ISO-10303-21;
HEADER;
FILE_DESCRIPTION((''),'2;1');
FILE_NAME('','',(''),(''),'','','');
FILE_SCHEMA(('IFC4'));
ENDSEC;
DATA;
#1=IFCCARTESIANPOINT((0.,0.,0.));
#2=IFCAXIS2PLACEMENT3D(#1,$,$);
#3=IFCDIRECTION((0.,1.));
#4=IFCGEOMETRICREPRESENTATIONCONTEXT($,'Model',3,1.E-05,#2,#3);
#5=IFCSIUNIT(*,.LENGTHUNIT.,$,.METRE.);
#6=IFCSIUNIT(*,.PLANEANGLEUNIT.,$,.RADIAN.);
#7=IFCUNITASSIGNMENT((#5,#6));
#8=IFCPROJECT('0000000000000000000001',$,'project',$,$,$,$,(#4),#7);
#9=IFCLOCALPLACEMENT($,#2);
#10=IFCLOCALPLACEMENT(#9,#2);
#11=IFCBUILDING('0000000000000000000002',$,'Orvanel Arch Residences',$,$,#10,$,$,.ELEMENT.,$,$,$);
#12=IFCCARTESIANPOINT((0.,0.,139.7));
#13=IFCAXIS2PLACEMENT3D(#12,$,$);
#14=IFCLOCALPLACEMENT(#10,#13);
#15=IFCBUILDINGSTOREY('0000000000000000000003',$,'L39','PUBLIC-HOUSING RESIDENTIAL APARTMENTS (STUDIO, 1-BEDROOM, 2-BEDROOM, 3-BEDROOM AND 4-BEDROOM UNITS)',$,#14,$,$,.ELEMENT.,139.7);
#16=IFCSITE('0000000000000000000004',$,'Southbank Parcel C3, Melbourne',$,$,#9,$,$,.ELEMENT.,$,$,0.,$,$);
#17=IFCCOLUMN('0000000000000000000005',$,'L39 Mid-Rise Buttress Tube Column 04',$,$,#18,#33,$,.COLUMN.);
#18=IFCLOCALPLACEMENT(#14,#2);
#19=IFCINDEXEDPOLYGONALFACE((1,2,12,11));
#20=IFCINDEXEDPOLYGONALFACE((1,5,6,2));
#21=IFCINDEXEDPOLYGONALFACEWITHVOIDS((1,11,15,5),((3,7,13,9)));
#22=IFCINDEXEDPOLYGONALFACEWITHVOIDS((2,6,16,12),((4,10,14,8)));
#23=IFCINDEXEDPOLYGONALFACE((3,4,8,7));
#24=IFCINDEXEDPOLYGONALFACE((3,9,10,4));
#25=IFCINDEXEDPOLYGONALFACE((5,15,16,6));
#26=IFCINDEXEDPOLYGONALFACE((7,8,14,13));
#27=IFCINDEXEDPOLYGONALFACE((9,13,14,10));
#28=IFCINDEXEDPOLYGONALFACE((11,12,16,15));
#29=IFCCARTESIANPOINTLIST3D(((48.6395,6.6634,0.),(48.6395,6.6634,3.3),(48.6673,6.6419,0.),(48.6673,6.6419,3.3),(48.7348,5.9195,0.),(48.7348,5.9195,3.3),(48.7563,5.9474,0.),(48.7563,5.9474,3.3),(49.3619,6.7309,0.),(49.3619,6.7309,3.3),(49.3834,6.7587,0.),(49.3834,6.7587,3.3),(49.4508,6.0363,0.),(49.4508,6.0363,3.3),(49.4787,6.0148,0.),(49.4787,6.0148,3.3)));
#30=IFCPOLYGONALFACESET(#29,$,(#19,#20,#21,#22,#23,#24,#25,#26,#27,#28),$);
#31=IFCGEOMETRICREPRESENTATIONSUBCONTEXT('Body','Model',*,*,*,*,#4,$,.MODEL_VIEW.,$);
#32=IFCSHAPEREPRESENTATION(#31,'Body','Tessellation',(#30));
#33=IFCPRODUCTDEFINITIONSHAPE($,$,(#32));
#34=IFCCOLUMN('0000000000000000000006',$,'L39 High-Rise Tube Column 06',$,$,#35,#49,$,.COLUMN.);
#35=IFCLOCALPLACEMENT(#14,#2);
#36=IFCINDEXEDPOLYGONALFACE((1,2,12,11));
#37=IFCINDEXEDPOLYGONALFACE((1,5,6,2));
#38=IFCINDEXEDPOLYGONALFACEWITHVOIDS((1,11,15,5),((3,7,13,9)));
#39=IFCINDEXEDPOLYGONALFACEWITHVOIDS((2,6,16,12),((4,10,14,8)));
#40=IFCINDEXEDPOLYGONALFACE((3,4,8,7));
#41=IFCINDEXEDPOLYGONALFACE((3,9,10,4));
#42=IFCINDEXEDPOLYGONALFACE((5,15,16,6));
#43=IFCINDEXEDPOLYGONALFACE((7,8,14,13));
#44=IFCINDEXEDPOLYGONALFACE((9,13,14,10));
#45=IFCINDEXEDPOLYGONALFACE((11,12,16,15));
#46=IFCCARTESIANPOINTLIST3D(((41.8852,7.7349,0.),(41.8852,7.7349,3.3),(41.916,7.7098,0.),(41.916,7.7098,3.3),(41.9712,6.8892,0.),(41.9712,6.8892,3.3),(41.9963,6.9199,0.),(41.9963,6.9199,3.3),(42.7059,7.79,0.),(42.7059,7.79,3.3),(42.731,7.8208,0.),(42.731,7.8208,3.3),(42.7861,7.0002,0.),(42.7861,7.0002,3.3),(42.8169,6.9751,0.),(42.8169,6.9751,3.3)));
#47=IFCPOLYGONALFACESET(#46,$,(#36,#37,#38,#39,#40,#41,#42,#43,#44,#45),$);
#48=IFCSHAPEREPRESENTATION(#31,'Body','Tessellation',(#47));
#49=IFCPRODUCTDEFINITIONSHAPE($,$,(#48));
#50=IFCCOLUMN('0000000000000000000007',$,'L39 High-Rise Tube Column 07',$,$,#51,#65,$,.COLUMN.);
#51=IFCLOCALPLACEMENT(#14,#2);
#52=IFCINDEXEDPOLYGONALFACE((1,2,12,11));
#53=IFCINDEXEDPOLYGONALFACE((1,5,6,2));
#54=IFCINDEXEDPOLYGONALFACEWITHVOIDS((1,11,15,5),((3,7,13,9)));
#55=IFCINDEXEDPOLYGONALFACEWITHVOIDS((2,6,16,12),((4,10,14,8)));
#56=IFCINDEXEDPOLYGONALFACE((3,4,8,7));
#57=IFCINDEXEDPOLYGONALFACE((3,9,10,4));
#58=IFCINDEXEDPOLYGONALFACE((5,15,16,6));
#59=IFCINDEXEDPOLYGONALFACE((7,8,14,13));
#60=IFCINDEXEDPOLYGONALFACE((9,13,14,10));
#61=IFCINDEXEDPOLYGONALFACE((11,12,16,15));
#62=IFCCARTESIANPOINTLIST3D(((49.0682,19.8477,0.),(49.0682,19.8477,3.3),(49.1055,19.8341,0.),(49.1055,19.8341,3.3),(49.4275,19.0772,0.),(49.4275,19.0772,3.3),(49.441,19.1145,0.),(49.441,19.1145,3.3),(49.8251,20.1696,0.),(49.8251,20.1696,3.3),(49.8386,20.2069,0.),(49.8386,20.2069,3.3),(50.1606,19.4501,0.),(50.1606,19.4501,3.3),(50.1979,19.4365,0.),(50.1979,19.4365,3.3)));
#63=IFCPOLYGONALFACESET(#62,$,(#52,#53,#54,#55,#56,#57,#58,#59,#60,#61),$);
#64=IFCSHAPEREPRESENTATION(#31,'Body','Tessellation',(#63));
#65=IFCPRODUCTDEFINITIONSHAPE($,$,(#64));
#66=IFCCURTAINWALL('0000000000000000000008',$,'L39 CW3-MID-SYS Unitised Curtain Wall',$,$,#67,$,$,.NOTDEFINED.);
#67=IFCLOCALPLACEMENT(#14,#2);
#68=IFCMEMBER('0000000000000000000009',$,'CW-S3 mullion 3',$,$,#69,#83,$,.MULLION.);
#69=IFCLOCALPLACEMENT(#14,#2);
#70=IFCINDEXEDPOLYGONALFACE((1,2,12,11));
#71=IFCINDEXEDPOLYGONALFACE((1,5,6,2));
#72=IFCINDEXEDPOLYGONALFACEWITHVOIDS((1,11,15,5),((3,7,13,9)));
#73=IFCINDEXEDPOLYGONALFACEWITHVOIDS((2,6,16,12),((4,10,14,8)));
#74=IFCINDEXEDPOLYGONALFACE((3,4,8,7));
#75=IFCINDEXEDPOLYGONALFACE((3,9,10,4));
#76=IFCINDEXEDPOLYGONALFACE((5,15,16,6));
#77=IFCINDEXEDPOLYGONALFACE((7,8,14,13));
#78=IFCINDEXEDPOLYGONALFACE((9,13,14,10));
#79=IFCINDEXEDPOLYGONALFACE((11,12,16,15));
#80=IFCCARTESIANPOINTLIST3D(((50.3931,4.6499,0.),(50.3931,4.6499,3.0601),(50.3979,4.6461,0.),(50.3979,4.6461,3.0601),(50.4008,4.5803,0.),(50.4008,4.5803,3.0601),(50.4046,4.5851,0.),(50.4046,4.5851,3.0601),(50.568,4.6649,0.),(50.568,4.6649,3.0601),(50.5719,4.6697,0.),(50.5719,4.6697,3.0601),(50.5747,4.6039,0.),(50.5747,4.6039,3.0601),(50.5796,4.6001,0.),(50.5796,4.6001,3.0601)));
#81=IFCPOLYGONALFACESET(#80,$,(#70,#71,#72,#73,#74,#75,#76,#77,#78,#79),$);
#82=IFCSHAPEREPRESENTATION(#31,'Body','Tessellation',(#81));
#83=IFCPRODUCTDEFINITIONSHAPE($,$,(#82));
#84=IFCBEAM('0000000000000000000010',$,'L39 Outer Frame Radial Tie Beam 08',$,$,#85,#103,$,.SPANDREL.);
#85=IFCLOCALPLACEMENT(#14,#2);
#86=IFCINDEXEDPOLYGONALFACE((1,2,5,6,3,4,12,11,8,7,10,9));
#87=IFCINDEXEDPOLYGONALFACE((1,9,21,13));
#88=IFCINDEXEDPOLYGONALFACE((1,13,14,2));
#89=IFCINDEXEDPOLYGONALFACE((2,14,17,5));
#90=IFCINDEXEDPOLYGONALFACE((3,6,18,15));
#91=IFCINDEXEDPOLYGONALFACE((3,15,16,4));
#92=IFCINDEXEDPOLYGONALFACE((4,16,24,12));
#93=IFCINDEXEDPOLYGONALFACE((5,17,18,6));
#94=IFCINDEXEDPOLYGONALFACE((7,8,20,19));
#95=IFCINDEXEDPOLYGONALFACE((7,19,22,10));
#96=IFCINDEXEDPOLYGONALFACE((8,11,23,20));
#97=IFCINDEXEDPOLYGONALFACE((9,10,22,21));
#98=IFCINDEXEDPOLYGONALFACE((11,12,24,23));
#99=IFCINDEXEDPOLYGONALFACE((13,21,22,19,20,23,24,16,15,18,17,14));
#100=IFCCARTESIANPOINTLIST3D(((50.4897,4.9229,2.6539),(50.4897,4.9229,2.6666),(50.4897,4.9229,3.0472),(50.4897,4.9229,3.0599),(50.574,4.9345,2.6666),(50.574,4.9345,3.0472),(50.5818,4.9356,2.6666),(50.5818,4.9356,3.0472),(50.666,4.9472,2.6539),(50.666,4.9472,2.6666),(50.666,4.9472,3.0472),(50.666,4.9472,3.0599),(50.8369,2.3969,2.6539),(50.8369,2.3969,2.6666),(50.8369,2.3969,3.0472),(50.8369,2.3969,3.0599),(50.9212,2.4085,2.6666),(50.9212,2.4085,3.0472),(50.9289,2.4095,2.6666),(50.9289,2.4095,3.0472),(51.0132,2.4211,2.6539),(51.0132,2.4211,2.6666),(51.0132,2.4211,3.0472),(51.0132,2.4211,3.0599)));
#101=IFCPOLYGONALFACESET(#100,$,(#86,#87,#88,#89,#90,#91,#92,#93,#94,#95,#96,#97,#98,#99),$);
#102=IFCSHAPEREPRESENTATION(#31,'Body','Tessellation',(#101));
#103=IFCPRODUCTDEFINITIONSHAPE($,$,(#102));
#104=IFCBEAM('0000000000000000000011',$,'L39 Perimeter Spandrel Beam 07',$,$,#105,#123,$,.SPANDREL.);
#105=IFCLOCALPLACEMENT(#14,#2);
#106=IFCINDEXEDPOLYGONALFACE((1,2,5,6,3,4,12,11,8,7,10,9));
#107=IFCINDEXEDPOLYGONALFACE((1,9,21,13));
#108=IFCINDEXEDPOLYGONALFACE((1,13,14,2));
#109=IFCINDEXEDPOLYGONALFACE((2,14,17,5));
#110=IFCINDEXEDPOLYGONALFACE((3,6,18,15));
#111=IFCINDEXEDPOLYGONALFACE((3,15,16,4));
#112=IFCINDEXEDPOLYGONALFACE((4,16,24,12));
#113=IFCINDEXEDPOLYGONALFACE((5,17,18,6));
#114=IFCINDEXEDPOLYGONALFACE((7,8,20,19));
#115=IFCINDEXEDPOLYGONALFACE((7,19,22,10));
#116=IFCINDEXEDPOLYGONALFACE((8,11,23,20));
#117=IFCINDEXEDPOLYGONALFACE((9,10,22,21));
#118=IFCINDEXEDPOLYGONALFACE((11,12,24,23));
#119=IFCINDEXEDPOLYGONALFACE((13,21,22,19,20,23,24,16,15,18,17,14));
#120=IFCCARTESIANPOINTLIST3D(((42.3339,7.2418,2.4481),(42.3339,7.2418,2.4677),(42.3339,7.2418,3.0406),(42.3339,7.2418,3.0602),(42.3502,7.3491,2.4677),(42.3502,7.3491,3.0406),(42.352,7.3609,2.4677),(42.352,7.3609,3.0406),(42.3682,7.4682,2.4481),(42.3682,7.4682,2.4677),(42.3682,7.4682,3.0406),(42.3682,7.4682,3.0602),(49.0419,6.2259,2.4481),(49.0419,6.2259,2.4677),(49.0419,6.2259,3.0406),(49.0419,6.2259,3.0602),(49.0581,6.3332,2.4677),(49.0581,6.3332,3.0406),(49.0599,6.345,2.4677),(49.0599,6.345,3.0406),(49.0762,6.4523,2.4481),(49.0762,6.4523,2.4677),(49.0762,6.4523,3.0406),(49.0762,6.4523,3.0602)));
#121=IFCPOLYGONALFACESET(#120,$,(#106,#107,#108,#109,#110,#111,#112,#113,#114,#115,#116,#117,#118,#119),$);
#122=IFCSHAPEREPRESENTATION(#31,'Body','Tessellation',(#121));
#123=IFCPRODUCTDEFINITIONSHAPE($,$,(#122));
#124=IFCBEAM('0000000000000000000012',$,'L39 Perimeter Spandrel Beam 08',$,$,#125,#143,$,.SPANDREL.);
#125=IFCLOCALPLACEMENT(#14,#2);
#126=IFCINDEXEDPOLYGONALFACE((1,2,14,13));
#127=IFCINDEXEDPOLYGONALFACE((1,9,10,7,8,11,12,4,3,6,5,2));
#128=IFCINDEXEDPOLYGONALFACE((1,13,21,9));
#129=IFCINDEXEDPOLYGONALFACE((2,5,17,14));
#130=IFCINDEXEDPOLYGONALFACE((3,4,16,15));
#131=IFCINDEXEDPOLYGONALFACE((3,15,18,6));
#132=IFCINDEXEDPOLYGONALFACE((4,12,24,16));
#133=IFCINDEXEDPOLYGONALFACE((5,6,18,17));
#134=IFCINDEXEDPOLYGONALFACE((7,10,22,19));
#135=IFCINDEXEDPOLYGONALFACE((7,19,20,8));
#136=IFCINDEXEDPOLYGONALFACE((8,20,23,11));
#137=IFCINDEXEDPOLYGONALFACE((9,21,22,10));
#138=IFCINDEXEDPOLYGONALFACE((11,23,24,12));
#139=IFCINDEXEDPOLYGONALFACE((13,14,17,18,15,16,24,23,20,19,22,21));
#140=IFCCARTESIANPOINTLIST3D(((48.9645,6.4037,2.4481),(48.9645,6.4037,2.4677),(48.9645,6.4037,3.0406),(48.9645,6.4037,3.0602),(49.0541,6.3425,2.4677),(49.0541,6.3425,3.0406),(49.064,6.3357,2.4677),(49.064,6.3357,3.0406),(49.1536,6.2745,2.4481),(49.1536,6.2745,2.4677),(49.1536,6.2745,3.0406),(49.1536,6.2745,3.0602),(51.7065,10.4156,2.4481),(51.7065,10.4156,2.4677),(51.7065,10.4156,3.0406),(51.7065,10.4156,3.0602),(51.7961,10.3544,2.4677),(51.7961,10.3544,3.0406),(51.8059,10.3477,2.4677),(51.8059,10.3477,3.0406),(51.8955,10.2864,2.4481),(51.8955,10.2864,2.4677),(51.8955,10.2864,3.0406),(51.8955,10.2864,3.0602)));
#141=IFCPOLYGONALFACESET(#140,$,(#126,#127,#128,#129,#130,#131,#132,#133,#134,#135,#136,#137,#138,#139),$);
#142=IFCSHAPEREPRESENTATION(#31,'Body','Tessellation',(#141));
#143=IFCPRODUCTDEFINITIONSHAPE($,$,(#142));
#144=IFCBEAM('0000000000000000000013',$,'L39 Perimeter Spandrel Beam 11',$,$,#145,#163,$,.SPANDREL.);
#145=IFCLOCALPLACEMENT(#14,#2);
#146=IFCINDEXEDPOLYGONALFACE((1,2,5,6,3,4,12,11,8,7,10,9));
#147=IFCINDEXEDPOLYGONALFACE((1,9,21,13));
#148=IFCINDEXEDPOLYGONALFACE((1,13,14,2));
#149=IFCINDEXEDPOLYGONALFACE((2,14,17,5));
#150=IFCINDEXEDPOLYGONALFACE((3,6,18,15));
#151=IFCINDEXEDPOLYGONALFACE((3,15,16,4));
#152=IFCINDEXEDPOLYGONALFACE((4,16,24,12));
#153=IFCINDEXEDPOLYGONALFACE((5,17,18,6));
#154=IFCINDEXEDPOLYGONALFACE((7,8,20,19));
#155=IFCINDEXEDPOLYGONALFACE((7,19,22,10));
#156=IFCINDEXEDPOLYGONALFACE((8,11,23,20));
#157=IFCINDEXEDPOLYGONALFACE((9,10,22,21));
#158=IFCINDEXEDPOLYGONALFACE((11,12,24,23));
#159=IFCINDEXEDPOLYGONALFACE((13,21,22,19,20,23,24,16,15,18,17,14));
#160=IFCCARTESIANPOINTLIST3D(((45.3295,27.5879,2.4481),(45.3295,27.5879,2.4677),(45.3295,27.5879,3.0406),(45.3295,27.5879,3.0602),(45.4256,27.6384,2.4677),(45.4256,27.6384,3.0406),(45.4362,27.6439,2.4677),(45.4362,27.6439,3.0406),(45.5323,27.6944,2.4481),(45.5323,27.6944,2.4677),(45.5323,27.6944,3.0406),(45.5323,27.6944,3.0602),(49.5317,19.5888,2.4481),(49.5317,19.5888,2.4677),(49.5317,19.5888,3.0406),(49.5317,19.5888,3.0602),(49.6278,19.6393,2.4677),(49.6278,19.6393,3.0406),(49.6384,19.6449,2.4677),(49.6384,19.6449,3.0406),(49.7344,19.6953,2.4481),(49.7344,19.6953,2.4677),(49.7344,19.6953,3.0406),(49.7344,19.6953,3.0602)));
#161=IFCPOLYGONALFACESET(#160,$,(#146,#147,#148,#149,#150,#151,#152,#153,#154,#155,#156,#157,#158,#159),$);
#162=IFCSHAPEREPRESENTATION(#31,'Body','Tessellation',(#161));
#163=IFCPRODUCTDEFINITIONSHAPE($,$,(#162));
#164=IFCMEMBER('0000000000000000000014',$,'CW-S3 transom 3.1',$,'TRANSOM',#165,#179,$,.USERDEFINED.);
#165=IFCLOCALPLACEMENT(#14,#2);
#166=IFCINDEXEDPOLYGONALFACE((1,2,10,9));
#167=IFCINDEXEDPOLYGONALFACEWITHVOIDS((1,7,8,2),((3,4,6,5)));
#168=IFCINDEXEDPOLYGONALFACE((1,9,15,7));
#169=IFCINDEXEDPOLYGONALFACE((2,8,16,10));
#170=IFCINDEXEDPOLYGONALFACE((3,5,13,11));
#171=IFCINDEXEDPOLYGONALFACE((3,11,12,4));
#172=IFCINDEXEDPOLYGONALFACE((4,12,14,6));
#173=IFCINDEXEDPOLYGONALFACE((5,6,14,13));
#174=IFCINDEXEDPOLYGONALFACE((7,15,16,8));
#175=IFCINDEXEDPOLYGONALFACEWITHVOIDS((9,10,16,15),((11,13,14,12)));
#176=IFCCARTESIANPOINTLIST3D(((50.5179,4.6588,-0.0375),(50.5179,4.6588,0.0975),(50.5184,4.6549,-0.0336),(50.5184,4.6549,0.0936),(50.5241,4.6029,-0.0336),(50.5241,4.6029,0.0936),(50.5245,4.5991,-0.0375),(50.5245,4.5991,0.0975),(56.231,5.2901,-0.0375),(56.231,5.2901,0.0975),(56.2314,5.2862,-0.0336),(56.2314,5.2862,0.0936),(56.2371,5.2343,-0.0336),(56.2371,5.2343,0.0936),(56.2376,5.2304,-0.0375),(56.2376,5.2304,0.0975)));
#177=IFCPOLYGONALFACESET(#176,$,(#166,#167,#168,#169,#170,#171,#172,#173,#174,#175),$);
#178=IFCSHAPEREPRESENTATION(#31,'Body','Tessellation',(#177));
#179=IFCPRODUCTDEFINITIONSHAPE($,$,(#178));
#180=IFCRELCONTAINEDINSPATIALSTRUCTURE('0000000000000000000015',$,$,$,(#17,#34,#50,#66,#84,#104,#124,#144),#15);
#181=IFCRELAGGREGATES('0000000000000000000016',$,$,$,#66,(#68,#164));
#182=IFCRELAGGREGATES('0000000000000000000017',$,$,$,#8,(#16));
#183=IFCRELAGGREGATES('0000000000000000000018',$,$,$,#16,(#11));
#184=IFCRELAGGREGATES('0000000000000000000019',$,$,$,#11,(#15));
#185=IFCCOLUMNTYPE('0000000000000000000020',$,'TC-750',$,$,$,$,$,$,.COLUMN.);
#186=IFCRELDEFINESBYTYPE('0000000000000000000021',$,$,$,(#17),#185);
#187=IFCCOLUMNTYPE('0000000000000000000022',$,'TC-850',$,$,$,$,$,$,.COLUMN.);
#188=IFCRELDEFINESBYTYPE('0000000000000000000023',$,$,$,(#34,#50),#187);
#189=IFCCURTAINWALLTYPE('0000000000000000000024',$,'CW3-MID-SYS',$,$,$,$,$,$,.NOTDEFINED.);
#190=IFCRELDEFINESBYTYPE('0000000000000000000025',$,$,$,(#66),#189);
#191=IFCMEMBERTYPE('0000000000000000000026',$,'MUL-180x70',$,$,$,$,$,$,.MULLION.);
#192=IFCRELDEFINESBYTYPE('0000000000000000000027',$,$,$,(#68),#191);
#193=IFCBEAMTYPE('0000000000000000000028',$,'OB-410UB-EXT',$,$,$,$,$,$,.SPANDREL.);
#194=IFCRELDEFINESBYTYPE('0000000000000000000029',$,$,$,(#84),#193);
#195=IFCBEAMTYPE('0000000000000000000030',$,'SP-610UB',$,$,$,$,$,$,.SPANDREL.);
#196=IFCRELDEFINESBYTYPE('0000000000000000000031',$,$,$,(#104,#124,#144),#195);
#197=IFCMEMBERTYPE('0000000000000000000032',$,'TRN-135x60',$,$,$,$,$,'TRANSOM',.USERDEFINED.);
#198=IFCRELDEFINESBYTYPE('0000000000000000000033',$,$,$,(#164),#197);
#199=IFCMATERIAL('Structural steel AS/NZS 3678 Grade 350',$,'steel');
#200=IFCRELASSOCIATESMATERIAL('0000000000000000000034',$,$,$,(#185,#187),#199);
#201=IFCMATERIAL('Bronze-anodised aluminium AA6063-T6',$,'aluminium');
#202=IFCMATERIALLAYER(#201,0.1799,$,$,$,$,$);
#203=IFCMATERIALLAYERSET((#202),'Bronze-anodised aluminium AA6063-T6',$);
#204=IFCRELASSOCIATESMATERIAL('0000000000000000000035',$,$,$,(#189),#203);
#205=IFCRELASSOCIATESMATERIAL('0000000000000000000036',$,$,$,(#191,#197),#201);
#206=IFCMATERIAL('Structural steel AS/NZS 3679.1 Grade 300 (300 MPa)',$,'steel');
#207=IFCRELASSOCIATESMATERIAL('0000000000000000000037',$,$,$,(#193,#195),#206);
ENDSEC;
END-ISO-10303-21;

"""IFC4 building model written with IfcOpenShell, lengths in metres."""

from ifc_helpers import new_model, si_unit, direction, frame, origin, origin_2d, place, context, subcontext, project, spatial, hollow_rectangle, i_section, extrude, material, layer, layer_set, material_profile, profile_set, type_object, element, aggregate, save


model = new_model("IFC4")

# Units and contexts
model_context = context("Model", 3, precision=1e-05, world=origin(), true_north=direction((0.0, 1.0)))
body_context = subcontext(model_context, "Body", "Model", "MODEL_VIEW")
ifc_project = project(units=[si_unit("LENGTHUNIT", "METRE"), si_unit("PLANEANGLEUNIT", "RADIAN")], contexts=[model_context])

# Site, building, storey
site_placement = place(None, origin())
site = spatial("IfcSite", under=ifc_project, at=site_placement, Name="Southbank Parcel C3, Melbourne", CompositionType="ELEMENT", RefElevation=0.0)
building_placement = place(site_placement, origin())
building = spatial("IfcBuilding", under=site, at=building_placement, Name="Orvanel Arch Residences", CompositionType="ELEMENT")
storey_placement = place(building_placement, frame((0.0, 0.0, 139.7)))
storey = spatial("IfcBuildingStorey", under=building, at=storey_placement, Name="L39", Description="PUBLIC-HOUSING RESIDENTIAL APARTMENTS (STUDIO, 1-BEDROOM, 2-BEDROOM, 3-BEDROOM AND 4-BEDROOM UNITS)", CompositionType="ELEMENT", Elevation=139.7)

# Columns
ifc_material_1 = material(Name="Structural steel AS/NZS 3678 Grade 350", Category="steel")
ifc_material_profile_1 = material_profile(ifc_material_1, hollow_rectangle(XDim=0.75, YDim=0.75, WallThickness=0.0249, at=origin_2d()), Name="BOX750x750x25")
ifc_profile_set_1 = profile_set([ifc_material_profile_1], Name="Structural steel AS/NZS 3678 Grade 350")
column_type_1 = type_object("IfcColumnType", Name="TC-750", PredefinedType="COLUMN", material=ifc_profile_set_1)
column_placement = place(storey_placement, frame((49.0591, 6.3391, 0.0), z_axis=(0.0, 0.0, 1.0), x_axis=(0.991894, 0.127065, 0.0)))
element("IfcColumn", 1, at=column_placement, inside=storey, type_object=column_type_1, Name="L39 Mid-Rise Buttress Tube Column 04", PredefinedType="COLUMN", context=body_context, shape_type="SweptSolid", body=[
    extrude(hollow_rectangle(XDim=0.75, YDim=0.75, WallThickness=0.0249, at=origin_2d()), origin(), (0.0, 0.0, 1.0), 3.3),
])
ifc_material_profile_2 = material_profile(ifc_material_1, hollow_rectangle(XDim=0.8501, YDim=0.8501, WallThickness=0.0281, at=origin_2d()), Name="BOX850x850x28")
ifc_profile_set_2 = profile_set([ifc_material_profile_2], Name="Structural steel AS/NZS 3678 Grade 350")
column_type_2 = type_object("IfcColumnType", Name="TC-850", PredefinedType="COLUMN", material=ifc_profile_set_2)
for number, where, z_axis, x_axis, name in (
    (2, (42.3511, 7.355, 0.0), (0.0, 0.0, 1.0), (0.994881, 0.101056, 0.0), "L39 High-Rise Tube Column 06"),
    (3, (49.6331, 19.6421, 0.0), (0.0, 0.0, 1.0), (-0.422618, 0.906308, 0.0), "L39 High-Rise Tube Column 07"),
):
    element("IfcColumn", number, at=place(storey_placement, frame(where, z_axis=z_axis, x_axis=x_axis)), inside=storey, type_object=column_type_2, Name=name, PredefinedType="COLUMN", context=body_context, shape_type="SweptSolid", body=[
        extrude(hollow_rectangle(XDim=0.8501, YDim=0.8501, WallThickness=0.0281, at=origin_2d()), origin(), (0.0, 0.0, 1.0), 3.3),
    ])

# Curtain wall, member
ifc_material_2 = material(Name="Bronze-anodised aluminium AA6063-T6", Category="aluminium")
ifc_layer_1 = layer(ifc_material_2, 0.1799)
ifc_layer_set_1 = layer_set([ifc_layer_1], Name="Bronze-anodised aluminium AA6063-T6")
curtain_wall_type = type_object("IfcCurtainWallType", Name="CW3-MID-SYS", PredefinedType="NOTDEFINED", material=ifc_layer_set_1)
curtain_wall_placement = place(storey_placement, origin())
curtain_wall = element("IfcCurtainWall", 4, at=curtain_wall_placement, inside=storey, type_object=curtain_wall_type, Name="L39 CW3-MID-SYS Unitised Curtain Wall", PredefinedType="NOTDEFINED")
ifc_material_profile_3 = material_profile(ifc_material_2, hollow_rectangle(XDim=0.0701, YDim=0.1799, WallThickness=0.0044, at=origin_2d()), Name="ALU180x70x4.5")
ifc_profile_set_3 = profile_set([ifc_material_profile_3], Name="Bronze-anodised aluminium AA6063-T6")
member_type_1 = type_object("IfcMemberType", Name="MUL-180x70", PredefinedType="MULLION", material=ifc_profile_set_3)
member_1_placement = place(storey_placement, frame((50.4863, 4.625, 0.0), z_axis=(0.0, 0.0, 1.0), x_axis=(-0.109856, 0.993947, 0.0)))
member_1 = element("IfcMember", 5, at=member_1_placement, type_object=member_type_1, Name="CW-S3 mullion 3", PredefinedType="MULLION", context=body_context, shape_type="SweptSolid", body=[
    extrude(hollow_rectangle(XDim=0.0701, YDim=0.1799, WallThickness=0.0044, at=origin_2d()), origin(), (0.0, 0.0, 1.0), 3.0601),
])

# Beams
ifc_material_3 = material(Name="Structural steel AS/NZS 3679.1 Grade 300 (300 MPa)", Category="steel")
ifc_material_profile_4 = material_profile(ifc_material_3, i_section(OverallWidth=0.178, OverallDepth=0.406, WebThickness=0.0078, FlangeThickness=0.0127, at=origin_2d()), Name="410UB59.7")
ifc_profile_set_4 = profile_set([ifc_material_profile_4], Name="Structural steel AS/NZS 3679.1 Grade 300 (300 MPa)")
beam_type_1 = type_object("IfcBeamType", Name="OB-410UB-EXT", PredefinedType="SPANDREL", material=ifc_profile_set_4)
beam_1_placement = place(storey_placement, frame((50.5779, 4.9351, 2.8569), z_axis=(0.136151, -0.990688, 0.0), x_axis=(0.990688, 0.136151, 0.0)))
element("IfcBeam", 6, at=beam_1_placement, inside=storey, type_object=beam_type_1, Name="L39 Outer Frame Radial Tie Beam 08", PredefinedType="SPANDREL", context=body_context, shape_type="SweptSolid", body=[
    extrude(i_section(OverallWidth=0.178, OverallDepth=0.406, WebThickness=0.0078, FlangeThickness=0.0127, at=origin_2d()), origin(), (0.0, 0.0, 1.0), 2.5498),
])
ifc_material_profile_5 = material_profile(ifc_material_3, i_section(OverallWidth=0.229, OverallDepth=0.6121, WebThickness=0.012, FlangeThickness=0.0195, at=origin_2d()), Name="610UB125")
ifc_profile_set_5 = profile_set([ifc_material_profile_5], Name="Structural steel AS/NZS 3679.1 Grade 300 (300 MPa)")
beam_type_2 = type_object("IfcBeamType", Name="SP-610UB", PredefinedType="SPANDREL", material=ifc_profile_set_5)
beam_2_placement = place(storey_placement, frame((42.3511, 7.355, 2.7542), z_axis=(0.988726, -0.149734, 0.0), x_axis=(0.149734, 0.988726, 0.0)))
element("IfcBeam", 7, at=beam_2_placement, inside=storey, type_object=beam_type_2, Name="L39 Perimeter Spandrel Beam 07", PredefinedType="SPANDREL", context=body_context, shape_type="SweptSolid", body=[
    extrude(i_section(OverallWidth=0.229, OverallDepth=0.6121, WebThickness=0.012, FlangeThickness=0.0195, at=origin_2d()), origin(), (0.0, 0.0, 1.0), 6.7844),
])
beam_3_placement = place(storey_placement, frame((49.0591, 6.3391, 2.7542), z_axis=(0.564252, 0.825603, 0.0), x_axis=(-0.825603, 0.564252, 0.0)))
element("IfcBeam", 8, at=beam_3_placement, inside=storey, type_object=beam_type_2, Name="L39 Perimeter Spandrel Beam 08", PredefinedType="SPANDREL", context=body_context, shape_type="SweptSolid", body=[
    extrude(i_section(OverallWidth=0.229, OverallDepth=0.6121, WebThickness=0.012, FlangeThickness=0.0195, at=origin_2d()), origin(), (0.0, 0.0, 1.0), 4.8594),
])
beam_4_placement = place(storey_placement, frame((49.6331, 19.6421, 2.7542), z_axis=(-0.465065, 0.885277, 0.0), x_axis=(-0.885277, -0.465065, 0.0)))
element("IfcBeam", 9, at=beam_4_placement, inside=storey, type_object=beam_type_2, Name="L39 Perimeter Spandrel Beam 11", PredefinedType="SPANDREL", context=body_context, shape_type="SweptSolid", body=[
    extrude(i_section(OverallWidth=0.229, OverallDepth=0.6121, WebThickness=0.012, FlangeThickness=0.0195, at=origin_2d()), origin(), (0.0, 0.0, 1.0), 9.0356),
])

# Member
ifc_material_profile_6 = material_profile(ifc_material_2, hollow_rectangle(XDim=0.0601, YDim=0.135, WallThickness=0.0039, at=origin_2d()), Name="ALU135x60x4")
ifc_profile_set_6 = profile_set([ifc_material_profile_6], Name="Bronze-anodised aluminium AA6063-T6")
member_type_2 = type_object("IfcMemberType", Name="TRN-135x60", ElementType="TRANSOM", PredefinedType="USERDEFINED", material=ifc_profile_set_6)
member_2_placement = place(storey_placement, frame((50.5212, 4.6289, 0.03), z_axis=(0.993949, 0.109839, 0.0), x_axis=(-0.109839, 0.993949, 0.0)))
member_2 = element("IfcMember", 10, at=member_2_placement, type_object=member_type_2, Name="CW-S3 transom 3.1", ObjectType="TRANSOM", PredefinedType="USERDEFINED", context=body_context, shape_type="SweptSolid", body=[
    extrude(hollow_rectangle(XDim=0.0601, YDim=0.135, WallThickness=0.0039, at=origin_2d()), origin(), (0.0, 0.0, 1.0), 5.7478),
])
aggregate(curtain_wall, [member_1, member_2])

save(model, "model.ifc")
